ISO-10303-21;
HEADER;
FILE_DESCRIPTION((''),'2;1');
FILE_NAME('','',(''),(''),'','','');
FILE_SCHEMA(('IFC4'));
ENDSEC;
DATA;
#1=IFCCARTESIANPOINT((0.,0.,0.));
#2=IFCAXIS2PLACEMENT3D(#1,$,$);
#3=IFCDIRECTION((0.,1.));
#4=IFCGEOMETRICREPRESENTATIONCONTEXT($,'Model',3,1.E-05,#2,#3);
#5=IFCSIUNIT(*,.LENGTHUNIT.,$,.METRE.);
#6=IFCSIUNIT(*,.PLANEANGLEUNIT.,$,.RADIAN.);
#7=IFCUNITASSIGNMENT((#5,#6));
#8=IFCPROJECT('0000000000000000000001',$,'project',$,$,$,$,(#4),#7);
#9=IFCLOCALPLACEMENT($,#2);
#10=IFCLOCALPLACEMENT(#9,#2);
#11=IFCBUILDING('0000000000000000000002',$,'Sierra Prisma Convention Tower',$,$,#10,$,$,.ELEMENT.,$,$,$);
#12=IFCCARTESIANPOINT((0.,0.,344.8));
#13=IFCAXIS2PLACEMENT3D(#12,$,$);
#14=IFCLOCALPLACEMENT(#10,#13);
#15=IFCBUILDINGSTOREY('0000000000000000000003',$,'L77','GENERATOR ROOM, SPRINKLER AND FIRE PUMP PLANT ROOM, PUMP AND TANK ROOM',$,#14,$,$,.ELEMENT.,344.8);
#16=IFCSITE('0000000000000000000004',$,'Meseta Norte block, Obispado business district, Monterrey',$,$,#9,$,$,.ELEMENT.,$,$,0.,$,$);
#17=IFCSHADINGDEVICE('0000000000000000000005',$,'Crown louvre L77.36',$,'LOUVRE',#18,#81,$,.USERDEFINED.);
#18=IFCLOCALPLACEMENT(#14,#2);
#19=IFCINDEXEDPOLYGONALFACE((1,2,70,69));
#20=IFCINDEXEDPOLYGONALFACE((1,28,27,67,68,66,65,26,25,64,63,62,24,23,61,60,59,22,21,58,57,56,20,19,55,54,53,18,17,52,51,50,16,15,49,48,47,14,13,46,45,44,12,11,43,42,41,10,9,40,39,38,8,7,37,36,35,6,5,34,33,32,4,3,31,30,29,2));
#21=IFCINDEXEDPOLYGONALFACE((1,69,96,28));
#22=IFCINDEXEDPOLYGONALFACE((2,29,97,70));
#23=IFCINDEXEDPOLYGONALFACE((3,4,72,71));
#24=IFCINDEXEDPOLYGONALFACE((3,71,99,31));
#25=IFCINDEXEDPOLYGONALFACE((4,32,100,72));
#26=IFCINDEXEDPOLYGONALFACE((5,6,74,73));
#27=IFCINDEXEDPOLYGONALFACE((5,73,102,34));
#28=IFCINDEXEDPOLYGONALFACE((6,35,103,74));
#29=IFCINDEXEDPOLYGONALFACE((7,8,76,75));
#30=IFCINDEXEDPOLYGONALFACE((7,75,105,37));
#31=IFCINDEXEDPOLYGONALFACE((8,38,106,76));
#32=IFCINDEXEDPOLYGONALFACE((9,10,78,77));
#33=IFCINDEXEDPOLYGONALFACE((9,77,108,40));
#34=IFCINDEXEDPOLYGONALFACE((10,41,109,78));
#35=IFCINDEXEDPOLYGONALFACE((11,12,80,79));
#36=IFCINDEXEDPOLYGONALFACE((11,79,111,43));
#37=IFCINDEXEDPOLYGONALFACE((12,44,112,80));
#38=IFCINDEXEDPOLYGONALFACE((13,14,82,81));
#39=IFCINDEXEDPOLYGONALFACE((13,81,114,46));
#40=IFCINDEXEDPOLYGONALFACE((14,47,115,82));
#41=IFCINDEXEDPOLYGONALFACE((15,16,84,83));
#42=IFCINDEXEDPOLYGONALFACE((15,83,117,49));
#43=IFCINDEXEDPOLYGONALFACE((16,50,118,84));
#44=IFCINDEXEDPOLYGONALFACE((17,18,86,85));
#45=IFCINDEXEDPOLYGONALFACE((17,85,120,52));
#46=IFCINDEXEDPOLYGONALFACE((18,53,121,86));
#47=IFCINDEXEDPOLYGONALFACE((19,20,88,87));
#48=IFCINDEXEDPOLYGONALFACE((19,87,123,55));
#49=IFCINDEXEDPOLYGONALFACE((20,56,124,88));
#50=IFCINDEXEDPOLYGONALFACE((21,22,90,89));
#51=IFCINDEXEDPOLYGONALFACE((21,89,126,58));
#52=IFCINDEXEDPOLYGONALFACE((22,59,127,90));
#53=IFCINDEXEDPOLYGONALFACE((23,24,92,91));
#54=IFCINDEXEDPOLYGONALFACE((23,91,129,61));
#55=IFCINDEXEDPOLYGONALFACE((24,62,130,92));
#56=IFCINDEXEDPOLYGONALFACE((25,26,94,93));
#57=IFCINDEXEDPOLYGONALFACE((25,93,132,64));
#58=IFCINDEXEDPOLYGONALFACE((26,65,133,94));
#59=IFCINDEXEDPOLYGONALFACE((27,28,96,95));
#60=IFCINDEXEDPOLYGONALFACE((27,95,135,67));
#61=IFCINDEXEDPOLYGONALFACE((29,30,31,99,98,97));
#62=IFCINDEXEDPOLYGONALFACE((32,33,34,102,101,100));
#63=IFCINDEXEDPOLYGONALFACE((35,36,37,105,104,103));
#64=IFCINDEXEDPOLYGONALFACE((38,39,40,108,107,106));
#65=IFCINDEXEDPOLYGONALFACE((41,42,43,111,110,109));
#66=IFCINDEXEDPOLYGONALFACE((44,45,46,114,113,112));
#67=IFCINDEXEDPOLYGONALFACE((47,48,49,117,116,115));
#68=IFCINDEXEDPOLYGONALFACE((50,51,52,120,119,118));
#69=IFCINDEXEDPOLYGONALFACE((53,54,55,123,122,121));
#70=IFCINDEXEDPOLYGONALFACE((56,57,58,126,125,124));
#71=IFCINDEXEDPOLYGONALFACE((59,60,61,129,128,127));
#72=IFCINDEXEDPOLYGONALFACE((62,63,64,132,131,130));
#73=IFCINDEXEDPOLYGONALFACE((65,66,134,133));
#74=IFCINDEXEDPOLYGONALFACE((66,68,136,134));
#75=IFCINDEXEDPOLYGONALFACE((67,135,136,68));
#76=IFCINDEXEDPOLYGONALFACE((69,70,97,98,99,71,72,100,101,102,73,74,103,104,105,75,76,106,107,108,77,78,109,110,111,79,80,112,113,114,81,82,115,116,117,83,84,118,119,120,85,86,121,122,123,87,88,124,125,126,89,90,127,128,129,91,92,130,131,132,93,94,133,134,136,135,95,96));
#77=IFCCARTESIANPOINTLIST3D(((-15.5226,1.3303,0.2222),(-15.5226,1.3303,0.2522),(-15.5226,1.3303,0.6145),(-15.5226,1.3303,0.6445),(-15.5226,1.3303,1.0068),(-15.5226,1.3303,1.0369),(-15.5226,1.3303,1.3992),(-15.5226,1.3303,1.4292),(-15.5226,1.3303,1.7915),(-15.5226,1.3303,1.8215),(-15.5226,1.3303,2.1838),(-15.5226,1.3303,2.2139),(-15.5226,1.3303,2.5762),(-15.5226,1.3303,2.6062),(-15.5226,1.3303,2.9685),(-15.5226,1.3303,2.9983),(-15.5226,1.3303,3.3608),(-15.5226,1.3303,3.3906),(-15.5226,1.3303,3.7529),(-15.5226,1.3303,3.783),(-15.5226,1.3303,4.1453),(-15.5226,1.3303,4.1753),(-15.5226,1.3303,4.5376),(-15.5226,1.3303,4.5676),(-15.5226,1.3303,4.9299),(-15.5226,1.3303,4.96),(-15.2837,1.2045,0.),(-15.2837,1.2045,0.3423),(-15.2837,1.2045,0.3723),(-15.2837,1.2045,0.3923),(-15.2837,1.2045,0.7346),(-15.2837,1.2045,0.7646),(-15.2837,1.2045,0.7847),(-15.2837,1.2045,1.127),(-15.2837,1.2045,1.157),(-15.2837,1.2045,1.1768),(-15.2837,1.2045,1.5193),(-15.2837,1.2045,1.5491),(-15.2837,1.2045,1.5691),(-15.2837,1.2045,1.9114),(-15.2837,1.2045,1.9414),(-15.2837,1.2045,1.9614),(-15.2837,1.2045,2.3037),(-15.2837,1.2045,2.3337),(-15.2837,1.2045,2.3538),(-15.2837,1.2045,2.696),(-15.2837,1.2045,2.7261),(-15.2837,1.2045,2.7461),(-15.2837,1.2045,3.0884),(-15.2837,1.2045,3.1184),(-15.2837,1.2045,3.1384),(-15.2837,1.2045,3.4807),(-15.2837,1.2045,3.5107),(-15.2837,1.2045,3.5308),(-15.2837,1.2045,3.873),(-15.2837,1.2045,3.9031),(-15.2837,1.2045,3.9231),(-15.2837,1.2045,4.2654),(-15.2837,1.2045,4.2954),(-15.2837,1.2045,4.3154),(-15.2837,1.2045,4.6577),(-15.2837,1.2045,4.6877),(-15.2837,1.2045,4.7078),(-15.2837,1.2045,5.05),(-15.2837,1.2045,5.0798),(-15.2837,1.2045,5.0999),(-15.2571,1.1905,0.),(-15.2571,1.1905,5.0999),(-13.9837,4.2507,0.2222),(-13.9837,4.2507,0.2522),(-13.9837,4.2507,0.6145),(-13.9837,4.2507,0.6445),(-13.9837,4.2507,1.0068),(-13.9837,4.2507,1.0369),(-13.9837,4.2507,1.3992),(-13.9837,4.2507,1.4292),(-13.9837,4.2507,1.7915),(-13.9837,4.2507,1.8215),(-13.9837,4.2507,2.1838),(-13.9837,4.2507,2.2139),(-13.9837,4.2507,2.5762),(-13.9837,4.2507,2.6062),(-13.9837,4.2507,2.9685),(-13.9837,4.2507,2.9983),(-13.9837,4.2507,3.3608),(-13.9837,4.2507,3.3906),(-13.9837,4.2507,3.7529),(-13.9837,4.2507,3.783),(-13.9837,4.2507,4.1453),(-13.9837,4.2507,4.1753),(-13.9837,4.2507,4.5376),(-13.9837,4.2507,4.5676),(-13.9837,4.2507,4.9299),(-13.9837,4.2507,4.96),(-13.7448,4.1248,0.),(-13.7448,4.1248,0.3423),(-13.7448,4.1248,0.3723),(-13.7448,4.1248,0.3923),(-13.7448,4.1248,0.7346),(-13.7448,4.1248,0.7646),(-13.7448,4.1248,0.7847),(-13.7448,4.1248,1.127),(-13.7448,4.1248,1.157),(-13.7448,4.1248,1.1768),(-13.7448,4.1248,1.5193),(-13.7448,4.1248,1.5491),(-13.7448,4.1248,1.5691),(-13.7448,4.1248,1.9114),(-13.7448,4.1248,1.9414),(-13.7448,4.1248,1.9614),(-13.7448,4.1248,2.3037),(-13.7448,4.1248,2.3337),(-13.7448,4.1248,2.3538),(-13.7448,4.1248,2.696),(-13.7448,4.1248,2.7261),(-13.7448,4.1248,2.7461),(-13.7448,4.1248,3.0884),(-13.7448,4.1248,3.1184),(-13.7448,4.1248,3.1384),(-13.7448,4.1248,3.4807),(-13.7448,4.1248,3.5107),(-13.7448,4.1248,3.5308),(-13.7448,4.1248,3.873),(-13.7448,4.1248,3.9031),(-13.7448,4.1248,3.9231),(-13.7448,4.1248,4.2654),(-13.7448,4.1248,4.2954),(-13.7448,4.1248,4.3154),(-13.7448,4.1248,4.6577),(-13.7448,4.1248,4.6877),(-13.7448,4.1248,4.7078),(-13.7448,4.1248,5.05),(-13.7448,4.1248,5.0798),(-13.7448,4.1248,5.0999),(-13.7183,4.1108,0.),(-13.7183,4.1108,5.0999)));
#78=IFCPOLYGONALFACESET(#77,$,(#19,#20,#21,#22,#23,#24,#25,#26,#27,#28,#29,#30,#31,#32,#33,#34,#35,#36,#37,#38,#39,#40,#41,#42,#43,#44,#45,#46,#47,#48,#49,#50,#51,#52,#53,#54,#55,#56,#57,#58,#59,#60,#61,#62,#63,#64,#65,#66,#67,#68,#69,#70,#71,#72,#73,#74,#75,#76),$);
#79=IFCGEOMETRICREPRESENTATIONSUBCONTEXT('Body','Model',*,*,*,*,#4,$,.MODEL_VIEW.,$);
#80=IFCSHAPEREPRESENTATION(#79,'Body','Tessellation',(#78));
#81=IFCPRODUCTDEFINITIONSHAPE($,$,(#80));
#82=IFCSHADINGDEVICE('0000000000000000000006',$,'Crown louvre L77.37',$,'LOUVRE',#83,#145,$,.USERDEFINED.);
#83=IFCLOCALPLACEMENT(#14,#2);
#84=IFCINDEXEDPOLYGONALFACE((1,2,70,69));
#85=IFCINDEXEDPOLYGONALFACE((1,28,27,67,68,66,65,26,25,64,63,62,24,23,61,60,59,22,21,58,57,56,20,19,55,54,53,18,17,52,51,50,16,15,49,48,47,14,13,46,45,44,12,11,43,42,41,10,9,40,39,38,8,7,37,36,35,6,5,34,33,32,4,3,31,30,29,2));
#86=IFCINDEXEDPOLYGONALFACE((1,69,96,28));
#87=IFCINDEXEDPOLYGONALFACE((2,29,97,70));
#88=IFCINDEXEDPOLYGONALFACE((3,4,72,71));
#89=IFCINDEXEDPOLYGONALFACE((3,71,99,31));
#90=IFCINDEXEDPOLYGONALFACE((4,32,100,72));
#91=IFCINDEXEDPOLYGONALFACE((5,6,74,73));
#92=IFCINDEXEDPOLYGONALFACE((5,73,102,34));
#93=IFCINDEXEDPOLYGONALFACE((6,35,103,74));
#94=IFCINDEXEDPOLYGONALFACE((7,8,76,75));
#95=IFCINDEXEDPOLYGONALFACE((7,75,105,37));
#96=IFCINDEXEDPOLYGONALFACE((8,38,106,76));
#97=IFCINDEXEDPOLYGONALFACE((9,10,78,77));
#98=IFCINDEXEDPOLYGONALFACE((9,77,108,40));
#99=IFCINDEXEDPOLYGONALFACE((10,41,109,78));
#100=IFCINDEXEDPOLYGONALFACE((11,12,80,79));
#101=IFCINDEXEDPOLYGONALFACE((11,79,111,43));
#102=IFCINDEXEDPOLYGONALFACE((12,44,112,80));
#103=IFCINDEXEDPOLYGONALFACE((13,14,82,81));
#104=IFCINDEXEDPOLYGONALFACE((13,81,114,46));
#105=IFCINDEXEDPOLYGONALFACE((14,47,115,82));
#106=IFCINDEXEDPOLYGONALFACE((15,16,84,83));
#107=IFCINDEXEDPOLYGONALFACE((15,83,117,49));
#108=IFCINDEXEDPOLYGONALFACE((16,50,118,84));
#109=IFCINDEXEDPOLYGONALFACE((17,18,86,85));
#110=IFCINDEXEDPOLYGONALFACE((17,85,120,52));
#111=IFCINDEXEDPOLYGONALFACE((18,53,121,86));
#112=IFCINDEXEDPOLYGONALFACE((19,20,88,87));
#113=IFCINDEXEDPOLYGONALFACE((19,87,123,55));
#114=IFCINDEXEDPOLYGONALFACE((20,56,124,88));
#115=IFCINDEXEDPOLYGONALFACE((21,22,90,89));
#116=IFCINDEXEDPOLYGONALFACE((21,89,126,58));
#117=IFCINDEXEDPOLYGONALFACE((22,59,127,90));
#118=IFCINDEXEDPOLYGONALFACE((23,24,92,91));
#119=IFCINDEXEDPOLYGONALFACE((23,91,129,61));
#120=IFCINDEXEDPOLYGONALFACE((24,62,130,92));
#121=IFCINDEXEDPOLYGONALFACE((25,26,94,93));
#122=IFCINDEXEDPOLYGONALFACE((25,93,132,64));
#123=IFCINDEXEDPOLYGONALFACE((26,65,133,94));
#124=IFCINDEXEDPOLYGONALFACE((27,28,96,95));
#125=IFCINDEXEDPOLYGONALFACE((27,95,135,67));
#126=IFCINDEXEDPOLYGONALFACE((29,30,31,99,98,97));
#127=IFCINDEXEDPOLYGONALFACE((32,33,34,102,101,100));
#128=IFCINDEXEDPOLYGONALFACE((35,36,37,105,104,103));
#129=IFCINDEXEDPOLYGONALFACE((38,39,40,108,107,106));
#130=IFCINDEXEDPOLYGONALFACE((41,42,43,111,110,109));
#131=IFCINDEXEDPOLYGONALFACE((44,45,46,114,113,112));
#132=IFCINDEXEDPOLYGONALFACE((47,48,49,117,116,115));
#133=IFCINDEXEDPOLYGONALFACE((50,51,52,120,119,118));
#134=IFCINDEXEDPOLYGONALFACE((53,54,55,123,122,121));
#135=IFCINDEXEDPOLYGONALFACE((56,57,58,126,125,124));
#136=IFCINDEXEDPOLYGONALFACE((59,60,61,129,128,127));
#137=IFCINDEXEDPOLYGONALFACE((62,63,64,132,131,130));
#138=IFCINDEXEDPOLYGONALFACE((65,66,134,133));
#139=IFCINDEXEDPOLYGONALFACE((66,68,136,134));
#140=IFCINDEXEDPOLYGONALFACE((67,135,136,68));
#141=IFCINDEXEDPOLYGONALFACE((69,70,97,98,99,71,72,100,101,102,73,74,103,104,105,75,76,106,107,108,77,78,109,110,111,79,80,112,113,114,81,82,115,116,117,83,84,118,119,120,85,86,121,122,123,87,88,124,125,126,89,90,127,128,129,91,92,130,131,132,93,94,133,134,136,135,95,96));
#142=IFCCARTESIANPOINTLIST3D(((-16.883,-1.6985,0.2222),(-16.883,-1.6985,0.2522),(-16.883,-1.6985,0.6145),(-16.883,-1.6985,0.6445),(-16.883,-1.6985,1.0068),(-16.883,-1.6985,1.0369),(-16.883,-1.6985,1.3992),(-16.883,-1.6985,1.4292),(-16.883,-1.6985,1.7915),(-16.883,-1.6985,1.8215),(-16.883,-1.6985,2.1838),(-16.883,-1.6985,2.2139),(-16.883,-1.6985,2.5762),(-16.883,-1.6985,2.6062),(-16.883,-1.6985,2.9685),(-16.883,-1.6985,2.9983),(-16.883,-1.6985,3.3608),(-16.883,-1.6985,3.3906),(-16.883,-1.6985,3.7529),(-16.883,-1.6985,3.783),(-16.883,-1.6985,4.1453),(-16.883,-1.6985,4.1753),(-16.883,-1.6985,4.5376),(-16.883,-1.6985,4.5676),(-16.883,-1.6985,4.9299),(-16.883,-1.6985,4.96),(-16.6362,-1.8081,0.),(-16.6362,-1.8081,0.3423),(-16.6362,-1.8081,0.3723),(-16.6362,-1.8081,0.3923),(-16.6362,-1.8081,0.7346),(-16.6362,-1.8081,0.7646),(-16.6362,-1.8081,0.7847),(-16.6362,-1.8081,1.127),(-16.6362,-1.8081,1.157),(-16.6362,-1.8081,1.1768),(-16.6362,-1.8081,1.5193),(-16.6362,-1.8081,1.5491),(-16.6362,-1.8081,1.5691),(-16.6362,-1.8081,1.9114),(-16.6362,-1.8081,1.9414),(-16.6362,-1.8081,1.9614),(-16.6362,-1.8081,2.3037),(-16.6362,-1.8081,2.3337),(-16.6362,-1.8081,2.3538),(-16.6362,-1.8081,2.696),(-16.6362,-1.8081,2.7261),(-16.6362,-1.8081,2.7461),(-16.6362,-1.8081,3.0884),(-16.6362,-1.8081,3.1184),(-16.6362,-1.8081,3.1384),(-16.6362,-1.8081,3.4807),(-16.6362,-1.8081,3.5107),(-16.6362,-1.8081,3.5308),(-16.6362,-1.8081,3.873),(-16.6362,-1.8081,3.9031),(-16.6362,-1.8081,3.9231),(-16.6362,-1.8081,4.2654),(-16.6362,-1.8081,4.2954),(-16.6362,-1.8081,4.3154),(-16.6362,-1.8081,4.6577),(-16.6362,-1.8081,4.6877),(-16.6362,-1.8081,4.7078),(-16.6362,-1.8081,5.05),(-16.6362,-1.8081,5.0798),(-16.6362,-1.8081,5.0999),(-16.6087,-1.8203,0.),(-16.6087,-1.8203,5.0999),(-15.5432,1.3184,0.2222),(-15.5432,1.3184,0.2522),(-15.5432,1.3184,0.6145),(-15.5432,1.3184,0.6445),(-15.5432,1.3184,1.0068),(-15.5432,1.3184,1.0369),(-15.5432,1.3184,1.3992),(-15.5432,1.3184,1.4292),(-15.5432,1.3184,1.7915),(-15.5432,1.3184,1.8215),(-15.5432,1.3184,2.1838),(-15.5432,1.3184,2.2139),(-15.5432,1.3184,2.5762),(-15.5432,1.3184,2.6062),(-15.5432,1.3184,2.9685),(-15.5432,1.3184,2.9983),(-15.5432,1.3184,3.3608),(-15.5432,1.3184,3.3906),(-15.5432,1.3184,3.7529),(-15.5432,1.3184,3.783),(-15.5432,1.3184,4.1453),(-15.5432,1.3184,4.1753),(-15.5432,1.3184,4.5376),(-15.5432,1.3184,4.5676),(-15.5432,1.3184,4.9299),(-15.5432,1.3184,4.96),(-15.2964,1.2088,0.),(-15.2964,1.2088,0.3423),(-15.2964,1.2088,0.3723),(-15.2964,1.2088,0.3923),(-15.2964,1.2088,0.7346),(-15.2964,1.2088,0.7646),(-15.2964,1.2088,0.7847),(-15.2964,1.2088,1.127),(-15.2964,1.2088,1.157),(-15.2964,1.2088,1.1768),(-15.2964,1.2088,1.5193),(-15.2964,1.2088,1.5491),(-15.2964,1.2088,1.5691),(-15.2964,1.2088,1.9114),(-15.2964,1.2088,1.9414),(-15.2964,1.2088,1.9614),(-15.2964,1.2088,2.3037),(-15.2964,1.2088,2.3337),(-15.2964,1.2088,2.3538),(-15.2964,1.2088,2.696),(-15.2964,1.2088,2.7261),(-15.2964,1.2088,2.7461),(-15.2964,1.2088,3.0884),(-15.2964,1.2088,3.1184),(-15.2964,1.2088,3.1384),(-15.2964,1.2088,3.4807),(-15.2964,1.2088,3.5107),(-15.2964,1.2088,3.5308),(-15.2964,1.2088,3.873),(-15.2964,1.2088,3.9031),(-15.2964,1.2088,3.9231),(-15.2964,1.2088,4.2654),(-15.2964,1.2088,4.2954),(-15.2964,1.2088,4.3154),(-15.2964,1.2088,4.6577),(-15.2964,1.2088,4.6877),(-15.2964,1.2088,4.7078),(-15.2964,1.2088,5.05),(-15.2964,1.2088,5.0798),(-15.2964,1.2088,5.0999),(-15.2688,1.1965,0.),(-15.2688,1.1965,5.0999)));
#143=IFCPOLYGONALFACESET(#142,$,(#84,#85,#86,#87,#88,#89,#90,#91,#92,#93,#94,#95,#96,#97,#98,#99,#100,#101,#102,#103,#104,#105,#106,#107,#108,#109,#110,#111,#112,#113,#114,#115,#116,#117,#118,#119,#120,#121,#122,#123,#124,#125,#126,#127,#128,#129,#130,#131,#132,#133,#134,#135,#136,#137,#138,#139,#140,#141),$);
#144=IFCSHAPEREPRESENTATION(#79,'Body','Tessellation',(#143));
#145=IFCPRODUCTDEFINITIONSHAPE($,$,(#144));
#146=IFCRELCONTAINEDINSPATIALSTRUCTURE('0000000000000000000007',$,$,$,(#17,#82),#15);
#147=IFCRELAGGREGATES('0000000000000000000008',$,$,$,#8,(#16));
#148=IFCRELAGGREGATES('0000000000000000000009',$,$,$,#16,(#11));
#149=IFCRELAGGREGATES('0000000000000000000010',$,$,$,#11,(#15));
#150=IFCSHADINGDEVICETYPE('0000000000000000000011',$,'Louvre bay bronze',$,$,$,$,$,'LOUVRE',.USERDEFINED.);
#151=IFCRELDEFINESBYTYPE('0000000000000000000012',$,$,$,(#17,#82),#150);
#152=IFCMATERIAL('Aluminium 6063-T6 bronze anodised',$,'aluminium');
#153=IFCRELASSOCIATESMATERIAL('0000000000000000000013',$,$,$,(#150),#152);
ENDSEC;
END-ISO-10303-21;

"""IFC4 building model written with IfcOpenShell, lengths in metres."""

from ifc_helpers import new_model, si_unit, direction, frame, origin, place, context, subcontext, project, spatial, polyline, outline, extrude, material, type_object, element, save


model = new_model("IFC4")

# Units and contexts
model_context = context("Model", 3, precision=1e-05, world=origin(), true_north=direction((0.0, 1.0)))
body_context = subcontext(model_context, "Body", "Model", "MODEL_VIEW")
ifc_project = project(units=[si_unit("LENGTHUNIT", "METRE"), si_unit("PLANEANGLEUNIT", "RADIAN")], contexts=[model_context])

# Site, building, storey
site_placement = place(None, origin())
site = spatial("IfcSite", under=ifc_project, at=site_placement, Name="Meseta Norte block, Obispado business district, Monterrey", CompositionType="ELEMENT", RefElevation=0.0)
building_placement = place(site_placement, origin())
building = spatial("IfcBuilding", under=site, at=building_placement, Name="Sierra Prisma Convention Tower", CompositionType="ELEMENT")
storey_placement = place(building_placement, frame((0.0, 0.0, 344.8)))
storey = spatial("IfcBuildingStorey", under=building, at=storey_placement, Name="L77", Description="GENERATOR ROOM, SPRINKLER AND FIRE PUMP PLANT ROOM, PUMP AND TANK ROOM", CompositionType="ELEMENT", Elevation=344.8)

# Shading devices
ifc_material_1 = material(Name="Aluminium 6063-T6 bronze anodised", Category="aluminium")
shading_device_type = type_object("IfcShadingDeviceType", Name="Louvre bay bronze", ElementType="LOUVRE", PredefinedType="USERDEFINED", material=ifc_material_1)
shading_device_1_placement = place(storey_placement, frame((-13.7183, 4.1108, 0.0), z_axis=(0.466178, 0.884691, 0.0), x_axis=(0.0, 0.0, 1.0)))
element("IfcShadingDevice", 1, at=shading_device_1_placement, inside=storey, type_object=shading_device_type, Name="Crown louvre L77.36", ObjectType="LOUVRE", PredefinedType="USERDEFINED", context=body_context, shape_type="SweptSolid", body=[
    extrude(outline(polyline([(0.0, 0.0), (5.0999, 0.0), (5.0999, -0.03), (5.0798, -0.03), (4.96, -0.3), (4.9299, -0.3), (5.05, -0.03), (4.7078, -0.03), (4.6877, -0.03), (4.5676, -0.3), (4.5376, -0.3), (4.6577, -0.03), (4.3154, -0.03), (4.2954, -0.03), (4.1753, -0.3), (4.1453, -0.3), (4.2654, -0.03), (3.9231, -0.03), (3.9031, -0.03), (3.783, -0.3), (3.7529, -0.3), (3.873, -0.03), (3.5308, -0.03), (3.5107, -0.03), (3.3906, -0.3), (3.3608, -0.3), (3.4807, -0.03), (3.1384, -0.03), (3.1184, -0.03), (2.9983, -0.3), (2.9685, -0.3), (3.0884, -0.03), (2.7461, -0.03), (2.7261, -0.03), (2.6062, -0.3), (2.5762, -0.3), (2.696, -0.03), (2.3538, -0.03), (2.3337, -0.03), (2.2139, -0.3), (2.1838, -0.3), (2.3037, -0.03), (1.9614, -0.03), (1.9414, -0.03), (1.8215, -0.3), (1.7915, -0.3), (1.9114, -0.03), (1.5691, -0.03), (1.5491, -0.03), (1.4292, -0.3), (1.3992, -0.3), (1.5193, -0.03), (1.1768, -0.03), (1.157, -0.03), (1.0369, -0.3), (1.0068, -0.3), (1.127, -0.03), (0.7847, -0.03), (0.7646, -0.03), (0.6445, -0.3), (0.6145, -0.3), (0.7346, -0.03), (0.3923, -0.03), (0.3723, -0.03), (0.2522, -0.3), (0.2222, -0.3), (0.3423, -0.03), (0.0, -0.03), (0.0, 0.0)])), origin(), (0.0, 0.0, -1.0), 3.301),
])
shading_device_2_placement = place(storey_placement, frame((-15.2688, 1.1965, 0.0), z_axis=(0.405894, 0.91392, 0.0), x_axis=(0.0, 0.0, 1.0)))
element("IfcShadingDevice", 2, at=shading_device_2_placement, inside=storey, type_object=shading_device_type, Name="Crown louvre L77.37", ObjectType="LOUVRE", PredefinedType="USERDEFINED", context=body_context, shape_type="SweptSolid", body=[
    extrude(outline(polyline([(0.0, 0.0), (5.0999, 0.0), (5.0999, -0.0302), (5.0798, -0.0302), (4.96, -0.3002), (4.9299, -0.3002), (5.05, -0.0302), (4.7078, -0.0302), (4.6877, -0.0302), (4.5676, -0.3002), (4.5376, -0.3002), (4.6577, -0.0302), (4.3154, -0.0302), (4.2954, -0.0302), (4.1753, -0.3002), (4.1453, -0.3002), (4.2654, -0.0302), (3.9231, -0.0302), (3.9031, -0.0302), (3.783, -0.3002), (3.7529, -0.3002), (3.873, -0.0302), (3.5308, -0.0302), (3.5107, -0.0302), (3.3906, -0.3002), (3.3608, -0.3002), (3.4807, -0.0302), (3.1384, -0.0302), (3.1184, -0.0302), (2.9983, -0.3002), (2.9685, -0.3002), (3.0884, -0.0302), (2.7461, -0.0302), (2.7261, -0.0302), (2.6062, -0.3002), (2.5762, -0.3002), (2.696, -0.0302), (2.3538, -0.0302), (2.3337, -0.0302), (2.2139, -0.3002), (2.1838, -0.3002), (2.3037, -0.0302), (1.9614, -0.0302), (1.9414, -0.0302), (1.8215, -0.3002), (1.7915, -0.3002), (1.9114, -0.0302), (1.5691, -0.0302), (1.5491, -0.0302), (1.4292, -0.3002), (1.3992, -0.3002), (1.5193, -0.0302), (1.1768, -0.0302), (1.157, -0.0302), (1.0369, -0.3002), (1.0068, -0.3002), (1.127, -0.0302), (0.7847, -0.0302), (0.7646, -0.0302), (0.6445, -0.3002), (0.6145, -0.3002), (0.7346, -0.0302), (0.3923, -0.0302), (0.3723, -0.0302), (0.2522, -0.3002), (0.2222, -0.3002), (0.3423, -0.0302), (0.0, -0.0302), (0.0, 0.0)])), origin(), (0.0, 0.0, -1.0), 3.301),
])

save(model, "model.ifc")
